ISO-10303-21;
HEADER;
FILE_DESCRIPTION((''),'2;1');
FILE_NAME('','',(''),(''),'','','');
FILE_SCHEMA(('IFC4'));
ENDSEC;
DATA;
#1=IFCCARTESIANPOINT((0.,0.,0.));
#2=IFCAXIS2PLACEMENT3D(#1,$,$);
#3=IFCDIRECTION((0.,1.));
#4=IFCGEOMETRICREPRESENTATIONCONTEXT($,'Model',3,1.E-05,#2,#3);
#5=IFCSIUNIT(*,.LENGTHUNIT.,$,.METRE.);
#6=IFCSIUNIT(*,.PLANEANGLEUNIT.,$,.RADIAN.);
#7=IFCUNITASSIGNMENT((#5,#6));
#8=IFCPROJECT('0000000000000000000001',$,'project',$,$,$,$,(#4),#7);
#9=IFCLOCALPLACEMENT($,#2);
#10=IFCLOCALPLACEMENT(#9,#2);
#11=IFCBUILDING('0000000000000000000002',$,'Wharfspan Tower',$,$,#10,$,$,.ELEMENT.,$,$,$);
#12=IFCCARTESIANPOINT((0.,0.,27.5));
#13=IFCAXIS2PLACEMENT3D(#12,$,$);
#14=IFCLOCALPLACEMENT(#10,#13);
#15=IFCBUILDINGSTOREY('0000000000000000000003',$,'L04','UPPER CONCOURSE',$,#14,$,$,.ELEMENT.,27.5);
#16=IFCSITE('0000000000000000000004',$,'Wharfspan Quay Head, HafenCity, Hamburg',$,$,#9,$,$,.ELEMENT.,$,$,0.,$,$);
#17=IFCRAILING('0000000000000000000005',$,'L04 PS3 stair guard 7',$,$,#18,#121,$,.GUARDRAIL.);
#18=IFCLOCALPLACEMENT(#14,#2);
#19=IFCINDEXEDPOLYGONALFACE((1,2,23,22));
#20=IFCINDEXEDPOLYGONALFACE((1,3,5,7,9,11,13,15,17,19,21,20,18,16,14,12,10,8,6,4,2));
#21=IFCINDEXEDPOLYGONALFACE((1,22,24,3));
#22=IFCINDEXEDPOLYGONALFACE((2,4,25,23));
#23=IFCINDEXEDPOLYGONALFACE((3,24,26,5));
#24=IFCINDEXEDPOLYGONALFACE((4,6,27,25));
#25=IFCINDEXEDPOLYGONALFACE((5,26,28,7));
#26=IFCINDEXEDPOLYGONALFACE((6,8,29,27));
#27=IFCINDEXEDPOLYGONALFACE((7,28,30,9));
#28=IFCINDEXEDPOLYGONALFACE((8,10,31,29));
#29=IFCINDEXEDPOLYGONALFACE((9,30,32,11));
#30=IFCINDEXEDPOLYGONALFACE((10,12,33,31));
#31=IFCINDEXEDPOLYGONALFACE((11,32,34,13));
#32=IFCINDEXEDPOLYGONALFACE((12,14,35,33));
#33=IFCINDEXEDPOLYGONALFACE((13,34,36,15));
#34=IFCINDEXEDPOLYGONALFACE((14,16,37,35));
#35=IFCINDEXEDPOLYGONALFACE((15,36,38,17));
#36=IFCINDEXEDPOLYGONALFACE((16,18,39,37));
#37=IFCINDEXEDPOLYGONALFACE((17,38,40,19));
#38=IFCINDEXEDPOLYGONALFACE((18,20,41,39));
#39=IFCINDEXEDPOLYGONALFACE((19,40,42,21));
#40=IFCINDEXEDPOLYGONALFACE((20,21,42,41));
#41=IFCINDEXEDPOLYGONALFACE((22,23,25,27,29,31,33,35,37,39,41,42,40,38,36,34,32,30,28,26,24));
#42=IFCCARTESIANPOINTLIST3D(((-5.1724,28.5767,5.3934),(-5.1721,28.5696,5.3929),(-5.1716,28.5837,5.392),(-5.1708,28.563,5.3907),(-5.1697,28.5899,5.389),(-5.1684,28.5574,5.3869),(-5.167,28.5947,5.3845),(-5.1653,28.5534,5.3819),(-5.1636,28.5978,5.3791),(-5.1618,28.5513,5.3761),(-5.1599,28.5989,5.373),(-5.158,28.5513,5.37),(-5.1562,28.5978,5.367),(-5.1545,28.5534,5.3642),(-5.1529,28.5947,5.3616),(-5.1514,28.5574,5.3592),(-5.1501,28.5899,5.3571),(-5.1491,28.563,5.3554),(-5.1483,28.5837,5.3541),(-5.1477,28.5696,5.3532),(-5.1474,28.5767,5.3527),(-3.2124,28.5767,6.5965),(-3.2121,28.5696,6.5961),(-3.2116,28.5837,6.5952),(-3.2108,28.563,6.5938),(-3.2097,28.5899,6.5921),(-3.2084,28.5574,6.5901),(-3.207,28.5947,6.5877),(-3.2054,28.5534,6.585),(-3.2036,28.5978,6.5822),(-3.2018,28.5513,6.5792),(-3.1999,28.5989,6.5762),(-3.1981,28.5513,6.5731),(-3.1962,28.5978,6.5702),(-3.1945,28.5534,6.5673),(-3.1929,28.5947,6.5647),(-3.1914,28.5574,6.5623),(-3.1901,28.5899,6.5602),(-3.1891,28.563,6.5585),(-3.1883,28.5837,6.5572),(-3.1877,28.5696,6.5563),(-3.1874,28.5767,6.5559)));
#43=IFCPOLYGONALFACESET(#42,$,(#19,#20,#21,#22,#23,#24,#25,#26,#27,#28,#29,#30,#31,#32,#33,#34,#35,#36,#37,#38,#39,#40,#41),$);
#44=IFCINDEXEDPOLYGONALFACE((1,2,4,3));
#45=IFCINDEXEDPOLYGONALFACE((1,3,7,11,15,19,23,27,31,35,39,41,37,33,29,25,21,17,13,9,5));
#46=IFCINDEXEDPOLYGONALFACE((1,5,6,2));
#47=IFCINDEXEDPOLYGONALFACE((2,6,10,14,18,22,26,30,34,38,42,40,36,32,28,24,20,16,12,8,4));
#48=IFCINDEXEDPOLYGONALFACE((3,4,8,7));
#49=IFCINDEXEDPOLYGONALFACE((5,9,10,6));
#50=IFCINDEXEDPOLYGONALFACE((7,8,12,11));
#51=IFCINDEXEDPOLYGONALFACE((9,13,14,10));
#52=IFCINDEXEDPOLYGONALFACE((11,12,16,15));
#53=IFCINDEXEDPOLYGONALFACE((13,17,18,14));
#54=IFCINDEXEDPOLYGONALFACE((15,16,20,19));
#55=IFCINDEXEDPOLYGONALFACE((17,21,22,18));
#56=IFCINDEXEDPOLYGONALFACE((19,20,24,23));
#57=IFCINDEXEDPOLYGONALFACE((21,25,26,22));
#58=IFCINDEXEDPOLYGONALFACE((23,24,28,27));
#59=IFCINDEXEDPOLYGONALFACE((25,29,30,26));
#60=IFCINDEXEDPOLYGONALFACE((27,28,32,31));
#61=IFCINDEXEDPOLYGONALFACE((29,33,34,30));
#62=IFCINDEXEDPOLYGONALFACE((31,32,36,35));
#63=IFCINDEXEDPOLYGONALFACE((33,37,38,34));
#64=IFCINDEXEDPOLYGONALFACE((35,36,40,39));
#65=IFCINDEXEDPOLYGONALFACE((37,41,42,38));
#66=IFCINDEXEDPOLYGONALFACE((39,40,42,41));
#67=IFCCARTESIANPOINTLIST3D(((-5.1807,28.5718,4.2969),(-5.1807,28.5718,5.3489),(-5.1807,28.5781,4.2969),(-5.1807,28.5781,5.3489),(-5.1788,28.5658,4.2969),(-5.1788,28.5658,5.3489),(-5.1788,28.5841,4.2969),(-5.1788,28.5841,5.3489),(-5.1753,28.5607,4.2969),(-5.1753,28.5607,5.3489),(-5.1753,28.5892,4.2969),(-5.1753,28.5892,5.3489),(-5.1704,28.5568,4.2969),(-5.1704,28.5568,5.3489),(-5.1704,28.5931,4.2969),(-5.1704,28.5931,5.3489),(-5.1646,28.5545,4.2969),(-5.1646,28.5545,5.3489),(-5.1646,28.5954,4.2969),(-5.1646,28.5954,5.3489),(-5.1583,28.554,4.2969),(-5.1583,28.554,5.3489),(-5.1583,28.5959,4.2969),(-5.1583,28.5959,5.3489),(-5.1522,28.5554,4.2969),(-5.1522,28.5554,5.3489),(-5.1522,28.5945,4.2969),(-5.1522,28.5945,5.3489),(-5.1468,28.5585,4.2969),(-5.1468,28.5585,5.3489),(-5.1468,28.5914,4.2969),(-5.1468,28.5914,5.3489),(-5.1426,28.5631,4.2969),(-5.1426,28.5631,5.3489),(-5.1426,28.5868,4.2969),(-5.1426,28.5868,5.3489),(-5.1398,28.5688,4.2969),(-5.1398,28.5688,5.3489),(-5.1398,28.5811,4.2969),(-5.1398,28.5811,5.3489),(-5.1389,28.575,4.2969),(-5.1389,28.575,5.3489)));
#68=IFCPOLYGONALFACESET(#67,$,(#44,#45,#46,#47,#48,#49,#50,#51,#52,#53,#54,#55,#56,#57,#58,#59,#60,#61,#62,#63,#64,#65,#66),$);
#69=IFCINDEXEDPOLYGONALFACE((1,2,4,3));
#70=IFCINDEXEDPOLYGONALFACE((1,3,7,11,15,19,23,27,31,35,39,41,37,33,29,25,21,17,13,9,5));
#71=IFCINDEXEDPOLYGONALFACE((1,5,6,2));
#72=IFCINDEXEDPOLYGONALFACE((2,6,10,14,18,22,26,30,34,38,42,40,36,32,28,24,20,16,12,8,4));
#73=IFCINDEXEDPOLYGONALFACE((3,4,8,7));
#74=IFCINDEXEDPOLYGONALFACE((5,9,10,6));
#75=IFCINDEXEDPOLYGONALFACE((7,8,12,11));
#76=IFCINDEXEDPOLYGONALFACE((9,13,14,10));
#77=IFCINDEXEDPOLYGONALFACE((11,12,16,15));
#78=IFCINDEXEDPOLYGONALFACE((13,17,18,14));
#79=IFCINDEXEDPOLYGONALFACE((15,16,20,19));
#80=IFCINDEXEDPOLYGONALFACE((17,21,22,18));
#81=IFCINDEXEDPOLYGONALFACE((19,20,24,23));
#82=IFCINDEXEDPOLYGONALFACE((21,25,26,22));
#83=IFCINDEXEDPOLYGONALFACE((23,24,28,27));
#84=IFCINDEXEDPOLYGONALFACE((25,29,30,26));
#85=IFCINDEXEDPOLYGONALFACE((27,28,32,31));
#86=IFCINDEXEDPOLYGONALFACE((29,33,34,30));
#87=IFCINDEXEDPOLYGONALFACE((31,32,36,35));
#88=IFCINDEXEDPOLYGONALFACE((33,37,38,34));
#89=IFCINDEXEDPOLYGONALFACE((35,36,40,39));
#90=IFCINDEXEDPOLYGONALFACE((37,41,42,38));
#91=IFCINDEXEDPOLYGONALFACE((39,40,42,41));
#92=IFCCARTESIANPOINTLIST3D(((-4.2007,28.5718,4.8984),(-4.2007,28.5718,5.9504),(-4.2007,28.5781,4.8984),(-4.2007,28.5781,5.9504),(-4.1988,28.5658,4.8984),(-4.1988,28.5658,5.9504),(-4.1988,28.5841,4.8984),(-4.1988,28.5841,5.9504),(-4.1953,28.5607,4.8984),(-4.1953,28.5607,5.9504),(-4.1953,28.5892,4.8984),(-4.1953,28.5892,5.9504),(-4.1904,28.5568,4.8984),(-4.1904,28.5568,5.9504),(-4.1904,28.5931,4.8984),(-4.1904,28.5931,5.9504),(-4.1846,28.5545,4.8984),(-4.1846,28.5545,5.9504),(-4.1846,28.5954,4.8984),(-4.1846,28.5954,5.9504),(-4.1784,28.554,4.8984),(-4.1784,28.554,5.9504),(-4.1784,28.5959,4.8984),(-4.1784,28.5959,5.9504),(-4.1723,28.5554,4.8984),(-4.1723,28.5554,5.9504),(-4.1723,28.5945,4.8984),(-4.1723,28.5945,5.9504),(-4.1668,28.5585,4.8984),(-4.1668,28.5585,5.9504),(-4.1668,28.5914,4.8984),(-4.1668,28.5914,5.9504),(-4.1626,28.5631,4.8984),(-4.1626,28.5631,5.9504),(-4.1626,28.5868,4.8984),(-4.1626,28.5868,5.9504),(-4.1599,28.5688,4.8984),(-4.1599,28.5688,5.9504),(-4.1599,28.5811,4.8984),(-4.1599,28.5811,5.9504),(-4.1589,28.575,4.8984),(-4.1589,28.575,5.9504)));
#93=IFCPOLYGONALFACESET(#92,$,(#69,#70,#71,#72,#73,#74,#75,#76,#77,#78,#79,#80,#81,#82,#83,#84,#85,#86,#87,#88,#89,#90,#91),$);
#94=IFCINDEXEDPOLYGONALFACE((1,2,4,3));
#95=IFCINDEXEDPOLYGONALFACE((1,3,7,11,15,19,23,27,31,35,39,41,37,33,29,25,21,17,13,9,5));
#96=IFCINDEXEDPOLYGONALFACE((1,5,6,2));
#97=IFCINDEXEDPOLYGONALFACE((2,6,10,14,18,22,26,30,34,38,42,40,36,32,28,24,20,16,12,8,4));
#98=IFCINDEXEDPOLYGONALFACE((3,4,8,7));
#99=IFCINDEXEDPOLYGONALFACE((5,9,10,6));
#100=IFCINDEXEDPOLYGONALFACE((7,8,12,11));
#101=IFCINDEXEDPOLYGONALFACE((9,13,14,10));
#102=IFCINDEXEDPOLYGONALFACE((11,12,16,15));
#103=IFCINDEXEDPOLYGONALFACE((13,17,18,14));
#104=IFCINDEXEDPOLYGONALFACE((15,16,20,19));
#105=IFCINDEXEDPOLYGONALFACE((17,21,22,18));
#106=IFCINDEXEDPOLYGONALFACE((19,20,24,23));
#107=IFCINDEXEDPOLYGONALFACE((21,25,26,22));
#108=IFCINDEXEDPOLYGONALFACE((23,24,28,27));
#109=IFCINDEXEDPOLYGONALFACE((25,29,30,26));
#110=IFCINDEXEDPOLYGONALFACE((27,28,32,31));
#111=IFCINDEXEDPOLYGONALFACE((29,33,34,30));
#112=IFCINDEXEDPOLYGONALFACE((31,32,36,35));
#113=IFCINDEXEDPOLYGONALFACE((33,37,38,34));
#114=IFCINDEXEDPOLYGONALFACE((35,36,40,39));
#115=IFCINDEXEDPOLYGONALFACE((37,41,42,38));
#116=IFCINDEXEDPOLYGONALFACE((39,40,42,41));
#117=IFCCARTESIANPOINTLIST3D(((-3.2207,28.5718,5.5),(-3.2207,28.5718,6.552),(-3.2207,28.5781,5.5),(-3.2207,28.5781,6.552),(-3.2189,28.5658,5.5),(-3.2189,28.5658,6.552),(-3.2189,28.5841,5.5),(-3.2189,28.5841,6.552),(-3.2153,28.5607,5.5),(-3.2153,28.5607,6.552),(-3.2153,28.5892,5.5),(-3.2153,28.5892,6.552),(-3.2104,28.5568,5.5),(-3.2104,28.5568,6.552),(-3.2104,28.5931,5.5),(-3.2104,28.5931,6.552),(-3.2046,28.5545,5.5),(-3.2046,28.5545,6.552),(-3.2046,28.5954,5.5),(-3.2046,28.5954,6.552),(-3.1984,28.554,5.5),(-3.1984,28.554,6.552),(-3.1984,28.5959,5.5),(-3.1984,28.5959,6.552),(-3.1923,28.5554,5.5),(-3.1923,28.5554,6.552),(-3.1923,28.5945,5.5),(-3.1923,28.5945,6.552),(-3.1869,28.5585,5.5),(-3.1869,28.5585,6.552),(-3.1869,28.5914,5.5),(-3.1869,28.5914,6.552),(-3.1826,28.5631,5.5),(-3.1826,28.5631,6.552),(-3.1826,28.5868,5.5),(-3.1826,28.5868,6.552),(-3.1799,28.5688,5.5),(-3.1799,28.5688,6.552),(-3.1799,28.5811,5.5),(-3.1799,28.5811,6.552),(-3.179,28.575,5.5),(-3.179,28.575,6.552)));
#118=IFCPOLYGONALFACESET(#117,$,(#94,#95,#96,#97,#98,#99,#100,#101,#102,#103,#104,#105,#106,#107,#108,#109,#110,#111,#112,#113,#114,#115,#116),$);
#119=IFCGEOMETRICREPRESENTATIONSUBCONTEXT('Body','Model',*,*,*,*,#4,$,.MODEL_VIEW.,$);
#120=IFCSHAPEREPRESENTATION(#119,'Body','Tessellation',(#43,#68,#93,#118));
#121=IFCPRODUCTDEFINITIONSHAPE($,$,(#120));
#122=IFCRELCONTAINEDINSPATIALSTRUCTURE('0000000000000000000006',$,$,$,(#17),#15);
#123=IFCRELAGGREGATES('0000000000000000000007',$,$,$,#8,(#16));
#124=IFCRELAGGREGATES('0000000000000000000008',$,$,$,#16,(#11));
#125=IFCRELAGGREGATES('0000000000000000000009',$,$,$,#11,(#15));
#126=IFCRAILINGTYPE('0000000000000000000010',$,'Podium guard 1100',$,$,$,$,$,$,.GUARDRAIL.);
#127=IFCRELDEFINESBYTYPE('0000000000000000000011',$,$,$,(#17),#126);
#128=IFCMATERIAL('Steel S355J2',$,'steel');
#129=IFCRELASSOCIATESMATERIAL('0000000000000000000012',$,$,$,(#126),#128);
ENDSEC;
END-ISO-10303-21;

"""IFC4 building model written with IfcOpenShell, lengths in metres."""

from ifc_helpers import new_model, si_unit, direction, frame, origin, origin_2d, place, context, subcontext, project, spatial, circle, extrude, material, type_object, element, save


model = new_model("IFC4")

# Units and contexts
model_context = context("Model", 3, precision=1e-05, world=origin(), true_north=direction((0.0, 1.0)))
body_context = subcontext(model_context, "Body", "Model", "MODEL_VIEW")
ifc_project = project(units=[si_unit("LENGTHUNIT", "METRE"), si_unit("PLANEANGLEUNIT", "RADIAN")], contexts=[model_context])

# Site, building, storey
site_placement = place(None, origin())
site = spatial("IfcSite", under=ifc_project, at=site_placement, Name="Wharfspan Quay Head, HafenCity, Hamburg", CompositionType="ELEMENT", RefElevation=0.0)
building_placement = place(site_placement, origin())
building = spatial("IfcBuilding", under=site, at=building_placement, Name="Wharfspan Tower", CompositionType="ELEMENT")
storey_placement = place(building_placement, frame((0.0, 0.0, 27.5)))
storey = spatial("IfcBuildingStorey", under=building, at=storey_placement, Name="L04", Description="UPPER CONCOURSE", CompositionType="ELEMENT", Elevation=27.5)

# Railing
ifc_material_1 = material(Name="Steel S355J2", Category="steel")
railing_type_1 = type_object("IfcRailingType", Name="Podium guard 1100", PredefinedType="GUARDRAIL", material=ifc_material_1)
railing_1_placement = place(storey_placement, frame((-5.1599, 28.575, 4.2969)))
element("IfcRailing", 1, at=railing_1_placement, inside=storey, type_object=railing_type_1, Name="L04 PS3 stair guard 7", PredefinedType="GUARDRAIL", context=body_context, shape_type="SweptSolid", body=[
    extrude(circle(Radius=0.0239, at=origin_2d()), frame((0.0, 0.0, 1.0762), z_axis=(0.852241, 0.0, 0.523149), x_axis=(0.0, 1.0, 0.0)), (0.0, 0.0, 1.0), 2.2998),
    extrude(circle(Radius=0.021, at=origin_2d()), origin(), (0.0, 0.0, 1.0), 1.052),
    extrude(circle(Radius=0.021, at=origin_2d()), frame((0.98, 0.0, 0.6016)), (0.0, 0.0, 1.0), 1.052),
    extrude(circle(Radius=0.021, at=origin_2d()), frame((1.96, 0.0, 1.2031)), (0.0, 0.0, 1.0), 1.052),
])

save(model, "model.ifc")
